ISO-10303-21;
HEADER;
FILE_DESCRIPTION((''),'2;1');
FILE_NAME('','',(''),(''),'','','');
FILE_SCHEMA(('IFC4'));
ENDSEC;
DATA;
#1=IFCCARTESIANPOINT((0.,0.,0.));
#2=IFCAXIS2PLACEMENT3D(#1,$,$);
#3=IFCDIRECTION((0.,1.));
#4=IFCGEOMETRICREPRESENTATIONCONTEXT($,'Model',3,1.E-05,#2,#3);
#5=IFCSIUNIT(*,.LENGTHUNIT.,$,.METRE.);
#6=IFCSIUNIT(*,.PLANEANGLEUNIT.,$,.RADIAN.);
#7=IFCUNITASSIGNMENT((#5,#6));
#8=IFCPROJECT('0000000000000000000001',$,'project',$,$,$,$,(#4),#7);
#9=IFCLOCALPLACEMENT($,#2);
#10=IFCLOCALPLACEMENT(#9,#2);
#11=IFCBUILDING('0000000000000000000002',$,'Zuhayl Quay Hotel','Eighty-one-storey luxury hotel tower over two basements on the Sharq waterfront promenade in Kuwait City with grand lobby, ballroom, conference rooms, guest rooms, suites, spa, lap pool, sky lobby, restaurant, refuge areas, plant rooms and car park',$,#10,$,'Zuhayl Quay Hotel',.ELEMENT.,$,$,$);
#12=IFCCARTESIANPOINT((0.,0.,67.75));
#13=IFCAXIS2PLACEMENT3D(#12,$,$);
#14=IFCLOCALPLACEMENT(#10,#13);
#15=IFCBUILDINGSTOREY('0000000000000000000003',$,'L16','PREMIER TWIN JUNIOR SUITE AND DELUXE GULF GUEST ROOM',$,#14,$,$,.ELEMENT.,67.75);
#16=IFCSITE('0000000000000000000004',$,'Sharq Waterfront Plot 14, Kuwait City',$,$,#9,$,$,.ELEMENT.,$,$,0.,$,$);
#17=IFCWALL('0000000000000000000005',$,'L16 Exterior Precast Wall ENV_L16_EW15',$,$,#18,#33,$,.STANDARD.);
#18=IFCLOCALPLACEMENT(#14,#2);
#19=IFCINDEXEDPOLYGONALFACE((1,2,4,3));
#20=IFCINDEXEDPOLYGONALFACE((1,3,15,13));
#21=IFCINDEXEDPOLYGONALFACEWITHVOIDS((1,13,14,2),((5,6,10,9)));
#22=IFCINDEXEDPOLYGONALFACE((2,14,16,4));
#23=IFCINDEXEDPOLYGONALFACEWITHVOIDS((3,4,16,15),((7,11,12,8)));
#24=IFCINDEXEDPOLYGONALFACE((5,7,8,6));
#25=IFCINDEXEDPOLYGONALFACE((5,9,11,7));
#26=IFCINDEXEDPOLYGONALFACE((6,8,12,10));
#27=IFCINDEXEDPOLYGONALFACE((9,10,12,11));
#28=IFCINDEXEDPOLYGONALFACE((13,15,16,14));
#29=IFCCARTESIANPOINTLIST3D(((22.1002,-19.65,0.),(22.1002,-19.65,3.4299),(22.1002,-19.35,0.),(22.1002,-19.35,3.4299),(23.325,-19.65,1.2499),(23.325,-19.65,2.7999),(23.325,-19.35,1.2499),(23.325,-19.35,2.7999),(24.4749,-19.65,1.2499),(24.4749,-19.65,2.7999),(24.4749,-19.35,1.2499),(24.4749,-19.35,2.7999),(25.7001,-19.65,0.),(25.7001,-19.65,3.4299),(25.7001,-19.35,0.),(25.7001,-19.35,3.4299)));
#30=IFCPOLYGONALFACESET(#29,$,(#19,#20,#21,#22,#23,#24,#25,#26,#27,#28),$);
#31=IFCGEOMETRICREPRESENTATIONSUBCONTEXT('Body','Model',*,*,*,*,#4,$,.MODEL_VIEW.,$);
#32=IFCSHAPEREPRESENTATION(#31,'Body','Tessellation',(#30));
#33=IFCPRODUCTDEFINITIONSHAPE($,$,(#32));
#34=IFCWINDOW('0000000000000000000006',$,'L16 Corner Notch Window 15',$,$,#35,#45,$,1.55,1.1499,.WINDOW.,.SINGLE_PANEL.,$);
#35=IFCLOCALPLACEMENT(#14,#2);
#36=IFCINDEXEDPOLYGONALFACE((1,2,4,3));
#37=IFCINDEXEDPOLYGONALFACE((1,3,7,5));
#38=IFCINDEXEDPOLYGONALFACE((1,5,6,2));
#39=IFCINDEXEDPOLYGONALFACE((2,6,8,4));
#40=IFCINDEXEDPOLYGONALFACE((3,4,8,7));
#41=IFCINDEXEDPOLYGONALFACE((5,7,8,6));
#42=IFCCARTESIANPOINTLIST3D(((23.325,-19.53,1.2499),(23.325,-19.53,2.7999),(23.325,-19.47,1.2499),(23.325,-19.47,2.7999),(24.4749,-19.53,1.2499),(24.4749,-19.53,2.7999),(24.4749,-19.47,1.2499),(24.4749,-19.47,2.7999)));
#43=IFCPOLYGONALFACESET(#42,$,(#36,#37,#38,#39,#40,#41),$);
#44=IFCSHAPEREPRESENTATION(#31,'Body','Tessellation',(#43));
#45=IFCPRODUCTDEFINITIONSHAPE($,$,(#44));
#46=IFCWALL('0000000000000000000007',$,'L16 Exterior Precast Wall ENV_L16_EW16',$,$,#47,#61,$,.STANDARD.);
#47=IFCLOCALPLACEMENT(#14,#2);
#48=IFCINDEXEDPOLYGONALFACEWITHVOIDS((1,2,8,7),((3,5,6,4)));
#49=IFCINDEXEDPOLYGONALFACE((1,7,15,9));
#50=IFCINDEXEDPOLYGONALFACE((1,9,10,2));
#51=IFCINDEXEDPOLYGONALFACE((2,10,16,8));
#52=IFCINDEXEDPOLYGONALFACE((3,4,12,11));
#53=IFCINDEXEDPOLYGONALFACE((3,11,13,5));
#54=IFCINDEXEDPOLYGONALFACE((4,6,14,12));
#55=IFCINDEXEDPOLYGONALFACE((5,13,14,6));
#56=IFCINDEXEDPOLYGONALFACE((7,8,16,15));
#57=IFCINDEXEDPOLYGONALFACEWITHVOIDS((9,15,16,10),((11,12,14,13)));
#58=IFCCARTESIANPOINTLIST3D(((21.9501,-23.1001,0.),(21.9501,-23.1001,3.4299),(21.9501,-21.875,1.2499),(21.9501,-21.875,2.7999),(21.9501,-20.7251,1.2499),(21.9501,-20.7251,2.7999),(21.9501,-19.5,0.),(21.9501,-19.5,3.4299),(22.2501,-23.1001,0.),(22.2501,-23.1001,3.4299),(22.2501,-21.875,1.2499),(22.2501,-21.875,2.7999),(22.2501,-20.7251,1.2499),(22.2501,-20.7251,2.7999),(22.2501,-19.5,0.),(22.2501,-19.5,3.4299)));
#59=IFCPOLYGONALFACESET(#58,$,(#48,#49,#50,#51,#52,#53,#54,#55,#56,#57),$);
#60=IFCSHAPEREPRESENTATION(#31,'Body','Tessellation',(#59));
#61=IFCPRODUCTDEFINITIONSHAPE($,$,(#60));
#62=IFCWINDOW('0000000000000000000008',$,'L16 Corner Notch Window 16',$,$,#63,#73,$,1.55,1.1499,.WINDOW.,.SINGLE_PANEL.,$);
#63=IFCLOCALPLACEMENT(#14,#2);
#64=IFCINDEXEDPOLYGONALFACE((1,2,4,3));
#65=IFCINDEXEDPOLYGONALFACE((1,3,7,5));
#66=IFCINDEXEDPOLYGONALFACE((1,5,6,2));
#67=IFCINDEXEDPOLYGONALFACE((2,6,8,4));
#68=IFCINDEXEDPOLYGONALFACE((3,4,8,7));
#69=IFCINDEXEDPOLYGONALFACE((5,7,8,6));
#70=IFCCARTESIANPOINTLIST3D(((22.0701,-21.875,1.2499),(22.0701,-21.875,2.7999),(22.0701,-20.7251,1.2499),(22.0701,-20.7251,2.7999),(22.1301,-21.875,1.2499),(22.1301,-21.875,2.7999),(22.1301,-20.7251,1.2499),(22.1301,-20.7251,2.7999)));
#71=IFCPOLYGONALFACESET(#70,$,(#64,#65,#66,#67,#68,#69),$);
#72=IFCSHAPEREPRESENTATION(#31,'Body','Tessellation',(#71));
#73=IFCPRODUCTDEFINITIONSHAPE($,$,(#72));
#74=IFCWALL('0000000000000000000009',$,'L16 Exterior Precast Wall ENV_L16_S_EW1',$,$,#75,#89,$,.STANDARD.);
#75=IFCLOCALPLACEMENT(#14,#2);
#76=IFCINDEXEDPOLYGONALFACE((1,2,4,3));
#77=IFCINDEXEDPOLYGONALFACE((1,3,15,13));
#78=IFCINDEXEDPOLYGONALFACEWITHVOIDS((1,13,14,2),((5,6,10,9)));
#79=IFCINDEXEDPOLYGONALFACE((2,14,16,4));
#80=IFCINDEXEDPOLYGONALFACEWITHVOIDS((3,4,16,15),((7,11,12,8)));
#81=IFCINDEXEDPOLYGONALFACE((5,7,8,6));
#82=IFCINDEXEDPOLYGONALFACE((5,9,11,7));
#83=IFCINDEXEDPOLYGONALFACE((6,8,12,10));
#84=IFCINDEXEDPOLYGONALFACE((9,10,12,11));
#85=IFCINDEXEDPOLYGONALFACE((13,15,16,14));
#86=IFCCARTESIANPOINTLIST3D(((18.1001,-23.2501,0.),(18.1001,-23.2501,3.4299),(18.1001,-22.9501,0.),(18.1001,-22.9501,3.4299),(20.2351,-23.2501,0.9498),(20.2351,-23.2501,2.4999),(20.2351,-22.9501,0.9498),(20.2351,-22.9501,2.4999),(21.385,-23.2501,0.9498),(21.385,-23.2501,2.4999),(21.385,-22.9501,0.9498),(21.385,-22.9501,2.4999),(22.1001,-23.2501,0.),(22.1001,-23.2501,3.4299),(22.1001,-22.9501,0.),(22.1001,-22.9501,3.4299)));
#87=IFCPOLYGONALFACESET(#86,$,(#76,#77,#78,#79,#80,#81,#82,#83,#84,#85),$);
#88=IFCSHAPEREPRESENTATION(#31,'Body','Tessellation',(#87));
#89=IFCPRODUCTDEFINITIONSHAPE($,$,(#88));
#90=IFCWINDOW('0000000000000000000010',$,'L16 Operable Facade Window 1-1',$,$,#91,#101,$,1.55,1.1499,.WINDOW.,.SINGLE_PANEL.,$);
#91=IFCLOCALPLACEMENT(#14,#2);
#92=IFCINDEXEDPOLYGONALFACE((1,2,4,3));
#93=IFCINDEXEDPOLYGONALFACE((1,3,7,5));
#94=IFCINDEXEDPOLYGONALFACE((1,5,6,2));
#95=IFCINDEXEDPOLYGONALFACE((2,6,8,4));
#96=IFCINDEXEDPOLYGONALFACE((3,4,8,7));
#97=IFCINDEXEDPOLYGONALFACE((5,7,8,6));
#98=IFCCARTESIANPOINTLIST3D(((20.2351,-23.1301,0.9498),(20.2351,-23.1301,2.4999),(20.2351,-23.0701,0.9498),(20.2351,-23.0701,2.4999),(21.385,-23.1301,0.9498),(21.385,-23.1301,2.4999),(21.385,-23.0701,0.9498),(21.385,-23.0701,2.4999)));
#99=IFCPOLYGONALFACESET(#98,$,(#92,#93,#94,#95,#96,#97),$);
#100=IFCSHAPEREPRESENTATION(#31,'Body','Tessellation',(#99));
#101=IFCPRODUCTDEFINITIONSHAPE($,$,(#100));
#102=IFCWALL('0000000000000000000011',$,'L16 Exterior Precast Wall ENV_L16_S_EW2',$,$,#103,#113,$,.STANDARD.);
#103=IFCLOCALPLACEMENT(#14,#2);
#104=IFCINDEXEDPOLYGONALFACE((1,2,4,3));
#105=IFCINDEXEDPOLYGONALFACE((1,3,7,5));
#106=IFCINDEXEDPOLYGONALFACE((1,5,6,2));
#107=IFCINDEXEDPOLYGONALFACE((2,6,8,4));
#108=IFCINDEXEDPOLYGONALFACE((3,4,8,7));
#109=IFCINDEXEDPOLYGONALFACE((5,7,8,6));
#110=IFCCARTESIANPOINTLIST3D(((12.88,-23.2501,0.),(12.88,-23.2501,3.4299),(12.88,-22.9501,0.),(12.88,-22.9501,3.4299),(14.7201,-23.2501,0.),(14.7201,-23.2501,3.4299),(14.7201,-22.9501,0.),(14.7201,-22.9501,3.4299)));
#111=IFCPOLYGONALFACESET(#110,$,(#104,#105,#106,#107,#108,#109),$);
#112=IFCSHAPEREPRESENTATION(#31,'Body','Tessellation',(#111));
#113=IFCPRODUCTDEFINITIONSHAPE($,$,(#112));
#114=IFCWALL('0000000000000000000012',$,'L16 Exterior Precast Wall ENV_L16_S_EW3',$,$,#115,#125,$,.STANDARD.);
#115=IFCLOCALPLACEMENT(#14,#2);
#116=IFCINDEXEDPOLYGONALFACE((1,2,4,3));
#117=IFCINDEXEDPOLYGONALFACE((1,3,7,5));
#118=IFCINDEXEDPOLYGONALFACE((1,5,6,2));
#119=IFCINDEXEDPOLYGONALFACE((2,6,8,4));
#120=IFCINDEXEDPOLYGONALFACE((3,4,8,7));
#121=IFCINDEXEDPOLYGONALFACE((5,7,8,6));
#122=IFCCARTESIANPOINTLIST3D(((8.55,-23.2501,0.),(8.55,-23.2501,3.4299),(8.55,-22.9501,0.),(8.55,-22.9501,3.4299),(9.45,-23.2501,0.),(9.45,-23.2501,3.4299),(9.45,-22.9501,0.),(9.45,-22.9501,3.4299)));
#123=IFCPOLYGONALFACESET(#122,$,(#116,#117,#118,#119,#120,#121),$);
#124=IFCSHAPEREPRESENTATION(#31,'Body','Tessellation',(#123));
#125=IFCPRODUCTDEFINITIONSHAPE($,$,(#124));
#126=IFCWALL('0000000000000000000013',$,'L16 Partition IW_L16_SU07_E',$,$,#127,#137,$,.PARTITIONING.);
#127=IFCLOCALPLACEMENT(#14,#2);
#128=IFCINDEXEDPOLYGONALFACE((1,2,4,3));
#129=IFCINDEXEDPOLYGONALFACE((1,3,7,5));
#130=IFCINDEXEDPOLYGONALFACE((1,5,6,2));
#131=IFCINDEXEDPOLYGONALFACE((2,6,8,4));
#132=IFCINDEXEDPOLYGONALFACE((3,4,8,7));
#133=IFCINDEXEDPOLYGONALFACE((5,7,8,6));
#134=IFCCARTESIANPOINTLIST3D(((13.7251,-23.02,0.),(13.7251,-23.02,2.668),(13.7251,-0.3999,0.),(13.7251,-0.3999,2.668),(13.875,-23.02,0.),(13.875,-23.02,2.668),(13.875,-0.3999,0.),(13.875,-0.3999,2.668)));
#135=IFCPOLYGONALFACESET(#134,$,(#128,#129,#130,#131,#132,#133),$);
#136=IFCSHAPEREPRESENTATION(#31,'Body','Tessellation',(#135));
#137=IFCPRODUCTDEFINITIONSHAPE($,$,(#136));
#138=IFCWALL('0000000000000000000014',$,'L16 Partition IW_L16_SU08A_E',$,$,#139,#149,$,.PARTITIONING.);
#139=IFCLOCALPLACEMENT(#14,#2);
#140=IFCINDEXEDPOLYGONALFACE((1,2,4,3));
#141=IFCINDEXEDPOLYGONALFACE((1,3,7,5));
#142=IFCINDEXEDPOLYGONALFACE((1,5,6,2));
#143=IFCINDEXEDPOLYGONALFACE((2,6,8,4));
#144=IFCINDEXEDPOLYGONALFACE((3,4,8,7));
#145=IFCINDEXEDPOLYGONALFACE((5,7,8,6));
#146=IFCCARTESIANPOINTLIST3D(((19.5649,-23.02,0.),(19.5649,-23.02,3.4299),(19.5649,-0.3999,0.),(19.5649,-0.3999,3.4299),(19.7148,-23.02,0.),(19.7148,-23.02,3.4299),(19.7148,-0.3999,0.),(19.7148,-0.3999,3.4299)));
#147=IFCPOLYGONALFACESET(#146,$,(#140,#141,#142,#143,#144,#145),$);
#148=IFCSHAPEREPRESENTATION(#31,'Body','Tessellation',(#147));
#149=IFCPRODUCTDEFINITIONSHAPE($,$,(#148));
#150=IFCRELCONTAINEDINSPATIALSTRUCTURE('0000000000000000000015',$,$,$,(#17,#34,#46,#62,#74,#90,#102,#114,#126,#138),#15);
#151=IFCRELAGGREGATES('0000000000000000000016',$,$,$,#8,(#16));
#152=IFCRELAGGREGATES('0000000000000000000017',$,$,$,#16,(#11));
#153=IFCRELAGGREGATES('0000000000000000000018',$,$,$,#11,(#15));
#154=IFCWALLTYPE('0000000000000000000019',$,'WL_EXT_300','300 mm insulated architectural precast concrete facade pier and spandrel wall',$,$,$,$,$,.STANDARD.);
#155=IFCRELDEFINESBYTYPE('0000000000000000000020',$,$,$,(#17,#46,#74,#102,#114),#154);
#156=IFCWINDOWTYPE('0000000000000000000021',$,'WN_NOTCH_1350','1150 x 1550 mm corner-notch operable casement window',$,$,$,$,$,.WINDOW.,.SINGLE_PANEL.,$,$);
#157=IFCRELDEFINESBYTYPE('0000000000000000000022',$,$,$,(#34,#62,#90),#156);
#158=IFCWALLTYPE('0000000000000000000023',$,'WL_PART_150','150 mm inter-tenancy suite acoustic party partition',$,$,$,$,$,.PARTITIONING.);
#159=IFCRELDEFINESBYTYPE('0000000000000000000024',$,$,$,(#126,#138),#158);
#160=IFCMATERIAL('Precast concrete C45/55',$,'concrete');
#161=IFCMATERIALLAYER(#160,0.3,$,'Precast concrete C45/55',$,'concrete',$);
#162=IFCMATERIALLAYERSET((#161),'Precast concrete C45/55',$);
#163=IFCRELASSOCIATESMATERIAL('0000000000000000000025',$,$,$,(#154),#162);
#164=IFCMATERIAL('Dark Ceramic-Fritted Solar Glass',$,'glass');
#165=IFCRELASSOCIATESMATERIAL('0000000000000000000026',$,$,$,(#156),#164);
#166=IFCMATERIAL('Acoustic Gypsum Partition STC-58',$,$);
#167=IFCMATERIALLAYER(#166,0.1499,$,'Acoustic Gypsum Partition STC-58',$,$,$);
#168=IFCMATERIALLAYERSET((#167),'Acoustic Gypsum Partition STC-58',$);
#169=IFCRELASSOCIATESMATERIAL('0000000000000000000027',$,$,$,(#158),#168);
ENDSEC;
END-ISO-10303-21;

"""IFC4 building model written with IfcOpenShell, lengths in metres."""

from ifc_helpers import new_model, si_unit, direction, frame, frame_2d, origin, place, context, subcontext, project, spatial, rectangle, extrude, material, layer, layer_set, type_object, element, fill, save


model = new_model("IFC4")

# Units and contexts
model_context = context("Model", 3, precision=1e-05, world=origin(), true_north=direction((0.0, 1.0)))
body_context = subcontext(model_context, "Body", "Model", "MODEL_VIEW")
ifc_project = project(units=[si_unit("LENGTHUNIT", "METRE"), si_unit("PLANEANGLEUNIT", "RADIAN")], contexts=[model_context])

# Site, building, storey
site_placement = place(None, origin())
site = spatial("IfcSite", under=ifc_project, at=site_placement, Name="Sharq Waterfront Plot 14, Kuwait City", CompositionType="ELEMENT", RefElevation=0.0)
building_placement = place(site_placement, origin())
building = spatial("IfcBuilding", under=site, at=building_placement, Name="Zuhayl Quay Hotel", Description="Eighty-one-storey luxury hotel tower over two basements on the Sharq waterfront promenade in Kuwait City with grand lobby, ballroom, conference rooms, guest rooms, suites, spa, lap pool, sky lobby, restaurant, refuge areas, plant rooms and car park", LongName="Zuhayl Quay Hotel", CompositionType="ELEMENT")
storey_placement = place(building_placement, frame((0.0, 0.0, 67.75)))
storey = spatial("IfcBuildingStorey", under=building, at=storey_placement, Name="L16", Description="PREMIER TWIN JUNIOR SUITE AND DELUXE GULF GUEST ROOM", CompositionType="ELEMENT", Elevation=67.75)

# Shared definitions
ifc_material_1 = material(Name="Dark Ceramic-Fritted Solar Glass", Category="glass")

# Shared definitions
ifc_material_2 = material(Name="Precast concrete C45/55", Category="concrete")
ifc_layer_1 = layer(ifc_material_2, 0.3, Name="Precast concrete C45/55", Category="concrete")
ifc_layer_set_1 = layer_set([ifc_layer_1], Name="Precast concrete C45/55")
wall_type_1 = type_object("IfcWallType", Name="WL_EXT_300", Description="300 mm insulated architectural precast concrete facade pier and spandrel wall", PredefinedType="STANDARD", material=ifc_layer_set_1)

# Walls, openings, windows
wall_1_placement = place(storey_placement, frame((25.7, -19.5, 0.0), z_axis=(0.0, 0.0, 1.0), x_axis=(-1.0, 0.0, 0.0)))
wall_1 = element("IfcWall", 1, at=wall_1_placement, inside=storey, type_object=wall_type_1, Name="L16 Exterior Precast Wall ENV_L16_EW15", PredefinedType="STANDARD", context=body_context, shape_type="SweptSolid", body=[
    extrude(rectangle(XDim=3.5999, YDim=0.3, at=frame_2d((1.7998, 0.0))), origin(), (0.0, 0.0, 1.0), 3.4299),
])
opening_1_placement = place(wall_1_placement, frame((1.2251, 0.0, 1.25)))
opening_1 = element("IfcOpeningElement", 2, at=opening_1_placement, cuts=wall_1, PredefinedType="OPENING", context=body_context, shape_type="SweptSolid", body=[
    extrude(rectangle(XDim=1.1499, YDim=1.55, at=frame_2d((0.575, 0.7749))), frame((0.0, 0.1599, 0.0), z_axis=(0.0, -1.0, 0.0), x_axis=(1.0, 0.0, 0.0)), (0.0, 0.0, 1.0), 0.3201),
])
window_type = type_object("IfcWindowType", Name="WN_NOTCH_1350", Description="1150 x 1550 mm corner-notch operable casement window", PartitioningType="SINGLE_PANEL", PredefinedType="WINDOW", material=ifc_material_1)
window_1_placement = place(opening_1_placement, origin())
window_1 = element("IfcWindow", 3, at=window_1_placement, inside=storey, type_object=window_type, Name="L16 Corner Notch Window 15", OverallHeight=1.55, OverallWidth=1.1499, PartitioningType="SINGLE_PANEL", PredefinedType="WINDOW", context=body_context, shape_type="SweptSolid", body=[
    extrude(rectangle(XDim=1.1499, YDim=1.55, at=frame_2d((0.575, 0.7749))), frame((0.0, 0.03, 0.0), z_axis=(0.0, -1.0, 0.0), x_axis=(1.0, 0.0, 0.0)), (0.0, 0.0, 1.0), 0.0601),
])
fill(opening_1, window_1)
wall_2_placement = place(storey_placement, frame((22.1001, -19.5, 0.0), z_axis=(0.0, 0.0, 1.0), x_axis=(0.0, -1.0, 0.0)))
wall_2 = element("IfcWall", 4, at=wall_2_placement, inside=storey, type_object=wall_type_1, Name="L16 Exterior Precast Wall ENV_L16_EW16", PredefinedType="STANDARD", context=body_context, shape_type="SweptSolid", body=[
    extrude(rectangle(XDim=3.6001, YDim=0.3, at=frame_2d((1.8, 0.0))), origin(), (0.0, 0.0, 1.0), 3.4299),
])
opening_2_placement = place(wall_2_placement, frame((1.2251, 0.0, 1.25)))
opening_2 = element("IfcOpeningElement", 5, at=opening_2_placement, cuts=wall_2, PredefinedType="OPENING", context=body_context, shape_type="SweptSolid", body=[
    extrude(rectangle(XDim=1.1499, YDim=1.55, at=frame_2d((0.575, 0.7749))), frame((0.0, 0.1599, 0.0), z_axis=(0.0, -1.0, 0.0), x_axis=(1.0, 0.0, 0.0)), (0.0, 0.0, 1.0), 0.3201),
])
window_2_placement = place(opening_2_placement, origin())
window_2 = element("IfcWindow", 6, at=window_2_placement, inside=storey, type_object=window_type, Name="L16 Corner Notch Window 16", OverallHeight=1.55, OverallWidth=1.1499, PartitioningType="SINGLE_PANEL", PredefinedType="WINDOW", context=body_context, shape_type="SweptSolid", body=[
    extrude(rectangle(XDim=1.1499, YDim=1.55, at=frame_2d((0.575, 0.7749))), frame((0.0, 0.03, 0.0), z_axis=(0.0, -1.0, 0.0), x_axis=(1.0, 0.0, 0.0)), (0.0, 0.0, 1.0), 0.0601),
])
fill(opening_2, window_2)
wall_3_placement = place(storey_placement, frame((22.1001, -23.1001, 0.0), z_axis=(0.0, 0.0, 1.0), x_axis=(-1.0, 0.0, 0.0)))
wall_3 = element("IfcWall", 7, at=wall_3_placement, inside=storey, type_object=wall_type_1, Name="L16 Exterior Precast Wall ENV_L16_S_EW1", PredefinedType="STANDARD", context=body_context, shape_type="SweptSolid", body=[
    extrude(rectangle(XDim=4.0, YDim=0.3, at=frame_2d((2.0, 0.0))), origin(), (0.0, 0.0, 1.0), 3.4299),
])
opening_3_placement = place(wall_3_placement, frame((0.7151, 0.0, 0.95)))
opening_3 = element("IfcOpeningElement", 8, at=opening_3_placement, cuts=wall_3, PredefinedType="OPENING", context=body_context, shape_type="SweptSolid", body=[
    extrude(rectangle(XDim=1.1499, YDim=1.55, at=frame_2d((0.575, 0.7749))), frame((0.0, 0.1599, 0.0), z_axis=(0.0, -1.0, 0.0), x_axis=(1.0, 0.0, 0.0)), (0.0, 0.0, 1.0), 0.3201),
])
window_3_placement = place(opening_3_placement, origin())
window_3 = element("IfcWindow", 9, at=window_3_placement, inside=storey, type_object=window_type, Name="L16 Operable Facade Window 1-1", OverallHeight=1.55, OverallWidth=1.1499, PartitioningType="SINGLE_PANEL", PredefinedType="WINDOW", context=body_context, shape_type="SweptSolid", body=[
    extrude(rectangle(XDim=1.1499, YDim=1.55, at=frame_2d((0.575, 0.7749))), frame((0.0, 0.03, 0.0), z_axis=(0.0, -1.0, 0.0), x_axis=(1.0, 0.0, 0.0)), (0.0, 0.0, 1.0), 0.0601),
])
fill(opening_3, window_3)

# Walls
wall_4_placement = place(storey_placement, frame((14.72, -23.1001, 0.0), z_axis=(0.0, 0.0, 1.0), x_axis=(-1.0, 0.0, 0.0)))
element("IfcWall", 10, at=wall_4_placement, inside=storey, type_object=wall_type_1, Name="L16 Exterior Precast Wall ENV_L16_S_EW2", PredefinedType="STANDARD", context=body_context, shape_type="SweptSolid", body=[
    extrude(rectangle(XDim=1.8401, YDim=0.3, at=frame_2d((0.9199, 0.0))), origin(), (0.0, 0.0, 1.0), 3.4299),
])
wall_5_placement = place(storey_placement, frame((9.45, -23.1001, 0.0), z_axis=(0.0, 0.0, 1.0), x_axis=(-1.0, 0.0, 0.0)))
element("IfcWall", 11, at=wall_5_placement, inside=storey, type_object=wall_type_1, Name="L16 Exterior Precast Wall ENV_L16_S_EW3", PredefinedType="STANDARD", context=body_context, shape_type="SweptSolid", body=[
    extrude(rectangle(XDim=0.8999, YDim=0.3, at=frame_2d((0.45, 0.0))), origin(), (0.0, 0.0, 1.0), 3.4299),
])
ifc_material_3 = material(Name="Acoustic Gypsum Partition STC-58")
ifc_layer_2 = layer(ifc_material_3, 0.1499, Name="Acoustic Gypsum Partition STC-58")
ifc_layer_set_2 = layer_set([ifc_layer_2], Name="Acoustic Gypsum Partition STC-58")
wall_type_2 = type_object("IfcWallType", Name="WL_PART_150", Description="150 mm inter-tenancy suite acoustic party partition", PredefinedType="PARTITIONING", material=ifc_layer_set_2)
wall_6_placement = place(storey_placement, frame((13.8, -23.02, 0.0), z_axis=(0.0, 0.0, 1.0), x_axis=(0.0, 1.0, 0.0)))
element("IfcWall", 12, at=wall_6_placement, inside=storey, type_object=wall_type_2, Name="L16 Partition IW_L16_SU07_E", PredefinedType="PARTITIONING", context=body_context, shape_type="SweptSolid", body=[
    extrude(rectangle(XDim=22.6201, YDim=0.1499, at=frame_2d((11.3101, 0.0))), origin(), (0.0, 0.0, 1.0), 2.668),
])
wall_7_placement = place(storey_placement, frame((19.6399, -23.02, 0.0), z_axis=(0.0, 0.0, 1.0), x_axis=(0.0, 1.0, 0.0)))
element("IfcWall", 13, at=wall_7_placement, inside=storey, type_object=wall_type_2, Name="L16 Partition IW_L16_SU08A_E", PredefinedType="PARTITIONING", context=body_context, shape_type="SweptSolid", body=[
    extrude(rectangle(XDim=22.6201, YDim=0.1499, at=frame_2d((11.3101, 0.0))), origin(), (0.0, 0.0, 1.0), 3.4299),
])

save(model, "model.ifc")
